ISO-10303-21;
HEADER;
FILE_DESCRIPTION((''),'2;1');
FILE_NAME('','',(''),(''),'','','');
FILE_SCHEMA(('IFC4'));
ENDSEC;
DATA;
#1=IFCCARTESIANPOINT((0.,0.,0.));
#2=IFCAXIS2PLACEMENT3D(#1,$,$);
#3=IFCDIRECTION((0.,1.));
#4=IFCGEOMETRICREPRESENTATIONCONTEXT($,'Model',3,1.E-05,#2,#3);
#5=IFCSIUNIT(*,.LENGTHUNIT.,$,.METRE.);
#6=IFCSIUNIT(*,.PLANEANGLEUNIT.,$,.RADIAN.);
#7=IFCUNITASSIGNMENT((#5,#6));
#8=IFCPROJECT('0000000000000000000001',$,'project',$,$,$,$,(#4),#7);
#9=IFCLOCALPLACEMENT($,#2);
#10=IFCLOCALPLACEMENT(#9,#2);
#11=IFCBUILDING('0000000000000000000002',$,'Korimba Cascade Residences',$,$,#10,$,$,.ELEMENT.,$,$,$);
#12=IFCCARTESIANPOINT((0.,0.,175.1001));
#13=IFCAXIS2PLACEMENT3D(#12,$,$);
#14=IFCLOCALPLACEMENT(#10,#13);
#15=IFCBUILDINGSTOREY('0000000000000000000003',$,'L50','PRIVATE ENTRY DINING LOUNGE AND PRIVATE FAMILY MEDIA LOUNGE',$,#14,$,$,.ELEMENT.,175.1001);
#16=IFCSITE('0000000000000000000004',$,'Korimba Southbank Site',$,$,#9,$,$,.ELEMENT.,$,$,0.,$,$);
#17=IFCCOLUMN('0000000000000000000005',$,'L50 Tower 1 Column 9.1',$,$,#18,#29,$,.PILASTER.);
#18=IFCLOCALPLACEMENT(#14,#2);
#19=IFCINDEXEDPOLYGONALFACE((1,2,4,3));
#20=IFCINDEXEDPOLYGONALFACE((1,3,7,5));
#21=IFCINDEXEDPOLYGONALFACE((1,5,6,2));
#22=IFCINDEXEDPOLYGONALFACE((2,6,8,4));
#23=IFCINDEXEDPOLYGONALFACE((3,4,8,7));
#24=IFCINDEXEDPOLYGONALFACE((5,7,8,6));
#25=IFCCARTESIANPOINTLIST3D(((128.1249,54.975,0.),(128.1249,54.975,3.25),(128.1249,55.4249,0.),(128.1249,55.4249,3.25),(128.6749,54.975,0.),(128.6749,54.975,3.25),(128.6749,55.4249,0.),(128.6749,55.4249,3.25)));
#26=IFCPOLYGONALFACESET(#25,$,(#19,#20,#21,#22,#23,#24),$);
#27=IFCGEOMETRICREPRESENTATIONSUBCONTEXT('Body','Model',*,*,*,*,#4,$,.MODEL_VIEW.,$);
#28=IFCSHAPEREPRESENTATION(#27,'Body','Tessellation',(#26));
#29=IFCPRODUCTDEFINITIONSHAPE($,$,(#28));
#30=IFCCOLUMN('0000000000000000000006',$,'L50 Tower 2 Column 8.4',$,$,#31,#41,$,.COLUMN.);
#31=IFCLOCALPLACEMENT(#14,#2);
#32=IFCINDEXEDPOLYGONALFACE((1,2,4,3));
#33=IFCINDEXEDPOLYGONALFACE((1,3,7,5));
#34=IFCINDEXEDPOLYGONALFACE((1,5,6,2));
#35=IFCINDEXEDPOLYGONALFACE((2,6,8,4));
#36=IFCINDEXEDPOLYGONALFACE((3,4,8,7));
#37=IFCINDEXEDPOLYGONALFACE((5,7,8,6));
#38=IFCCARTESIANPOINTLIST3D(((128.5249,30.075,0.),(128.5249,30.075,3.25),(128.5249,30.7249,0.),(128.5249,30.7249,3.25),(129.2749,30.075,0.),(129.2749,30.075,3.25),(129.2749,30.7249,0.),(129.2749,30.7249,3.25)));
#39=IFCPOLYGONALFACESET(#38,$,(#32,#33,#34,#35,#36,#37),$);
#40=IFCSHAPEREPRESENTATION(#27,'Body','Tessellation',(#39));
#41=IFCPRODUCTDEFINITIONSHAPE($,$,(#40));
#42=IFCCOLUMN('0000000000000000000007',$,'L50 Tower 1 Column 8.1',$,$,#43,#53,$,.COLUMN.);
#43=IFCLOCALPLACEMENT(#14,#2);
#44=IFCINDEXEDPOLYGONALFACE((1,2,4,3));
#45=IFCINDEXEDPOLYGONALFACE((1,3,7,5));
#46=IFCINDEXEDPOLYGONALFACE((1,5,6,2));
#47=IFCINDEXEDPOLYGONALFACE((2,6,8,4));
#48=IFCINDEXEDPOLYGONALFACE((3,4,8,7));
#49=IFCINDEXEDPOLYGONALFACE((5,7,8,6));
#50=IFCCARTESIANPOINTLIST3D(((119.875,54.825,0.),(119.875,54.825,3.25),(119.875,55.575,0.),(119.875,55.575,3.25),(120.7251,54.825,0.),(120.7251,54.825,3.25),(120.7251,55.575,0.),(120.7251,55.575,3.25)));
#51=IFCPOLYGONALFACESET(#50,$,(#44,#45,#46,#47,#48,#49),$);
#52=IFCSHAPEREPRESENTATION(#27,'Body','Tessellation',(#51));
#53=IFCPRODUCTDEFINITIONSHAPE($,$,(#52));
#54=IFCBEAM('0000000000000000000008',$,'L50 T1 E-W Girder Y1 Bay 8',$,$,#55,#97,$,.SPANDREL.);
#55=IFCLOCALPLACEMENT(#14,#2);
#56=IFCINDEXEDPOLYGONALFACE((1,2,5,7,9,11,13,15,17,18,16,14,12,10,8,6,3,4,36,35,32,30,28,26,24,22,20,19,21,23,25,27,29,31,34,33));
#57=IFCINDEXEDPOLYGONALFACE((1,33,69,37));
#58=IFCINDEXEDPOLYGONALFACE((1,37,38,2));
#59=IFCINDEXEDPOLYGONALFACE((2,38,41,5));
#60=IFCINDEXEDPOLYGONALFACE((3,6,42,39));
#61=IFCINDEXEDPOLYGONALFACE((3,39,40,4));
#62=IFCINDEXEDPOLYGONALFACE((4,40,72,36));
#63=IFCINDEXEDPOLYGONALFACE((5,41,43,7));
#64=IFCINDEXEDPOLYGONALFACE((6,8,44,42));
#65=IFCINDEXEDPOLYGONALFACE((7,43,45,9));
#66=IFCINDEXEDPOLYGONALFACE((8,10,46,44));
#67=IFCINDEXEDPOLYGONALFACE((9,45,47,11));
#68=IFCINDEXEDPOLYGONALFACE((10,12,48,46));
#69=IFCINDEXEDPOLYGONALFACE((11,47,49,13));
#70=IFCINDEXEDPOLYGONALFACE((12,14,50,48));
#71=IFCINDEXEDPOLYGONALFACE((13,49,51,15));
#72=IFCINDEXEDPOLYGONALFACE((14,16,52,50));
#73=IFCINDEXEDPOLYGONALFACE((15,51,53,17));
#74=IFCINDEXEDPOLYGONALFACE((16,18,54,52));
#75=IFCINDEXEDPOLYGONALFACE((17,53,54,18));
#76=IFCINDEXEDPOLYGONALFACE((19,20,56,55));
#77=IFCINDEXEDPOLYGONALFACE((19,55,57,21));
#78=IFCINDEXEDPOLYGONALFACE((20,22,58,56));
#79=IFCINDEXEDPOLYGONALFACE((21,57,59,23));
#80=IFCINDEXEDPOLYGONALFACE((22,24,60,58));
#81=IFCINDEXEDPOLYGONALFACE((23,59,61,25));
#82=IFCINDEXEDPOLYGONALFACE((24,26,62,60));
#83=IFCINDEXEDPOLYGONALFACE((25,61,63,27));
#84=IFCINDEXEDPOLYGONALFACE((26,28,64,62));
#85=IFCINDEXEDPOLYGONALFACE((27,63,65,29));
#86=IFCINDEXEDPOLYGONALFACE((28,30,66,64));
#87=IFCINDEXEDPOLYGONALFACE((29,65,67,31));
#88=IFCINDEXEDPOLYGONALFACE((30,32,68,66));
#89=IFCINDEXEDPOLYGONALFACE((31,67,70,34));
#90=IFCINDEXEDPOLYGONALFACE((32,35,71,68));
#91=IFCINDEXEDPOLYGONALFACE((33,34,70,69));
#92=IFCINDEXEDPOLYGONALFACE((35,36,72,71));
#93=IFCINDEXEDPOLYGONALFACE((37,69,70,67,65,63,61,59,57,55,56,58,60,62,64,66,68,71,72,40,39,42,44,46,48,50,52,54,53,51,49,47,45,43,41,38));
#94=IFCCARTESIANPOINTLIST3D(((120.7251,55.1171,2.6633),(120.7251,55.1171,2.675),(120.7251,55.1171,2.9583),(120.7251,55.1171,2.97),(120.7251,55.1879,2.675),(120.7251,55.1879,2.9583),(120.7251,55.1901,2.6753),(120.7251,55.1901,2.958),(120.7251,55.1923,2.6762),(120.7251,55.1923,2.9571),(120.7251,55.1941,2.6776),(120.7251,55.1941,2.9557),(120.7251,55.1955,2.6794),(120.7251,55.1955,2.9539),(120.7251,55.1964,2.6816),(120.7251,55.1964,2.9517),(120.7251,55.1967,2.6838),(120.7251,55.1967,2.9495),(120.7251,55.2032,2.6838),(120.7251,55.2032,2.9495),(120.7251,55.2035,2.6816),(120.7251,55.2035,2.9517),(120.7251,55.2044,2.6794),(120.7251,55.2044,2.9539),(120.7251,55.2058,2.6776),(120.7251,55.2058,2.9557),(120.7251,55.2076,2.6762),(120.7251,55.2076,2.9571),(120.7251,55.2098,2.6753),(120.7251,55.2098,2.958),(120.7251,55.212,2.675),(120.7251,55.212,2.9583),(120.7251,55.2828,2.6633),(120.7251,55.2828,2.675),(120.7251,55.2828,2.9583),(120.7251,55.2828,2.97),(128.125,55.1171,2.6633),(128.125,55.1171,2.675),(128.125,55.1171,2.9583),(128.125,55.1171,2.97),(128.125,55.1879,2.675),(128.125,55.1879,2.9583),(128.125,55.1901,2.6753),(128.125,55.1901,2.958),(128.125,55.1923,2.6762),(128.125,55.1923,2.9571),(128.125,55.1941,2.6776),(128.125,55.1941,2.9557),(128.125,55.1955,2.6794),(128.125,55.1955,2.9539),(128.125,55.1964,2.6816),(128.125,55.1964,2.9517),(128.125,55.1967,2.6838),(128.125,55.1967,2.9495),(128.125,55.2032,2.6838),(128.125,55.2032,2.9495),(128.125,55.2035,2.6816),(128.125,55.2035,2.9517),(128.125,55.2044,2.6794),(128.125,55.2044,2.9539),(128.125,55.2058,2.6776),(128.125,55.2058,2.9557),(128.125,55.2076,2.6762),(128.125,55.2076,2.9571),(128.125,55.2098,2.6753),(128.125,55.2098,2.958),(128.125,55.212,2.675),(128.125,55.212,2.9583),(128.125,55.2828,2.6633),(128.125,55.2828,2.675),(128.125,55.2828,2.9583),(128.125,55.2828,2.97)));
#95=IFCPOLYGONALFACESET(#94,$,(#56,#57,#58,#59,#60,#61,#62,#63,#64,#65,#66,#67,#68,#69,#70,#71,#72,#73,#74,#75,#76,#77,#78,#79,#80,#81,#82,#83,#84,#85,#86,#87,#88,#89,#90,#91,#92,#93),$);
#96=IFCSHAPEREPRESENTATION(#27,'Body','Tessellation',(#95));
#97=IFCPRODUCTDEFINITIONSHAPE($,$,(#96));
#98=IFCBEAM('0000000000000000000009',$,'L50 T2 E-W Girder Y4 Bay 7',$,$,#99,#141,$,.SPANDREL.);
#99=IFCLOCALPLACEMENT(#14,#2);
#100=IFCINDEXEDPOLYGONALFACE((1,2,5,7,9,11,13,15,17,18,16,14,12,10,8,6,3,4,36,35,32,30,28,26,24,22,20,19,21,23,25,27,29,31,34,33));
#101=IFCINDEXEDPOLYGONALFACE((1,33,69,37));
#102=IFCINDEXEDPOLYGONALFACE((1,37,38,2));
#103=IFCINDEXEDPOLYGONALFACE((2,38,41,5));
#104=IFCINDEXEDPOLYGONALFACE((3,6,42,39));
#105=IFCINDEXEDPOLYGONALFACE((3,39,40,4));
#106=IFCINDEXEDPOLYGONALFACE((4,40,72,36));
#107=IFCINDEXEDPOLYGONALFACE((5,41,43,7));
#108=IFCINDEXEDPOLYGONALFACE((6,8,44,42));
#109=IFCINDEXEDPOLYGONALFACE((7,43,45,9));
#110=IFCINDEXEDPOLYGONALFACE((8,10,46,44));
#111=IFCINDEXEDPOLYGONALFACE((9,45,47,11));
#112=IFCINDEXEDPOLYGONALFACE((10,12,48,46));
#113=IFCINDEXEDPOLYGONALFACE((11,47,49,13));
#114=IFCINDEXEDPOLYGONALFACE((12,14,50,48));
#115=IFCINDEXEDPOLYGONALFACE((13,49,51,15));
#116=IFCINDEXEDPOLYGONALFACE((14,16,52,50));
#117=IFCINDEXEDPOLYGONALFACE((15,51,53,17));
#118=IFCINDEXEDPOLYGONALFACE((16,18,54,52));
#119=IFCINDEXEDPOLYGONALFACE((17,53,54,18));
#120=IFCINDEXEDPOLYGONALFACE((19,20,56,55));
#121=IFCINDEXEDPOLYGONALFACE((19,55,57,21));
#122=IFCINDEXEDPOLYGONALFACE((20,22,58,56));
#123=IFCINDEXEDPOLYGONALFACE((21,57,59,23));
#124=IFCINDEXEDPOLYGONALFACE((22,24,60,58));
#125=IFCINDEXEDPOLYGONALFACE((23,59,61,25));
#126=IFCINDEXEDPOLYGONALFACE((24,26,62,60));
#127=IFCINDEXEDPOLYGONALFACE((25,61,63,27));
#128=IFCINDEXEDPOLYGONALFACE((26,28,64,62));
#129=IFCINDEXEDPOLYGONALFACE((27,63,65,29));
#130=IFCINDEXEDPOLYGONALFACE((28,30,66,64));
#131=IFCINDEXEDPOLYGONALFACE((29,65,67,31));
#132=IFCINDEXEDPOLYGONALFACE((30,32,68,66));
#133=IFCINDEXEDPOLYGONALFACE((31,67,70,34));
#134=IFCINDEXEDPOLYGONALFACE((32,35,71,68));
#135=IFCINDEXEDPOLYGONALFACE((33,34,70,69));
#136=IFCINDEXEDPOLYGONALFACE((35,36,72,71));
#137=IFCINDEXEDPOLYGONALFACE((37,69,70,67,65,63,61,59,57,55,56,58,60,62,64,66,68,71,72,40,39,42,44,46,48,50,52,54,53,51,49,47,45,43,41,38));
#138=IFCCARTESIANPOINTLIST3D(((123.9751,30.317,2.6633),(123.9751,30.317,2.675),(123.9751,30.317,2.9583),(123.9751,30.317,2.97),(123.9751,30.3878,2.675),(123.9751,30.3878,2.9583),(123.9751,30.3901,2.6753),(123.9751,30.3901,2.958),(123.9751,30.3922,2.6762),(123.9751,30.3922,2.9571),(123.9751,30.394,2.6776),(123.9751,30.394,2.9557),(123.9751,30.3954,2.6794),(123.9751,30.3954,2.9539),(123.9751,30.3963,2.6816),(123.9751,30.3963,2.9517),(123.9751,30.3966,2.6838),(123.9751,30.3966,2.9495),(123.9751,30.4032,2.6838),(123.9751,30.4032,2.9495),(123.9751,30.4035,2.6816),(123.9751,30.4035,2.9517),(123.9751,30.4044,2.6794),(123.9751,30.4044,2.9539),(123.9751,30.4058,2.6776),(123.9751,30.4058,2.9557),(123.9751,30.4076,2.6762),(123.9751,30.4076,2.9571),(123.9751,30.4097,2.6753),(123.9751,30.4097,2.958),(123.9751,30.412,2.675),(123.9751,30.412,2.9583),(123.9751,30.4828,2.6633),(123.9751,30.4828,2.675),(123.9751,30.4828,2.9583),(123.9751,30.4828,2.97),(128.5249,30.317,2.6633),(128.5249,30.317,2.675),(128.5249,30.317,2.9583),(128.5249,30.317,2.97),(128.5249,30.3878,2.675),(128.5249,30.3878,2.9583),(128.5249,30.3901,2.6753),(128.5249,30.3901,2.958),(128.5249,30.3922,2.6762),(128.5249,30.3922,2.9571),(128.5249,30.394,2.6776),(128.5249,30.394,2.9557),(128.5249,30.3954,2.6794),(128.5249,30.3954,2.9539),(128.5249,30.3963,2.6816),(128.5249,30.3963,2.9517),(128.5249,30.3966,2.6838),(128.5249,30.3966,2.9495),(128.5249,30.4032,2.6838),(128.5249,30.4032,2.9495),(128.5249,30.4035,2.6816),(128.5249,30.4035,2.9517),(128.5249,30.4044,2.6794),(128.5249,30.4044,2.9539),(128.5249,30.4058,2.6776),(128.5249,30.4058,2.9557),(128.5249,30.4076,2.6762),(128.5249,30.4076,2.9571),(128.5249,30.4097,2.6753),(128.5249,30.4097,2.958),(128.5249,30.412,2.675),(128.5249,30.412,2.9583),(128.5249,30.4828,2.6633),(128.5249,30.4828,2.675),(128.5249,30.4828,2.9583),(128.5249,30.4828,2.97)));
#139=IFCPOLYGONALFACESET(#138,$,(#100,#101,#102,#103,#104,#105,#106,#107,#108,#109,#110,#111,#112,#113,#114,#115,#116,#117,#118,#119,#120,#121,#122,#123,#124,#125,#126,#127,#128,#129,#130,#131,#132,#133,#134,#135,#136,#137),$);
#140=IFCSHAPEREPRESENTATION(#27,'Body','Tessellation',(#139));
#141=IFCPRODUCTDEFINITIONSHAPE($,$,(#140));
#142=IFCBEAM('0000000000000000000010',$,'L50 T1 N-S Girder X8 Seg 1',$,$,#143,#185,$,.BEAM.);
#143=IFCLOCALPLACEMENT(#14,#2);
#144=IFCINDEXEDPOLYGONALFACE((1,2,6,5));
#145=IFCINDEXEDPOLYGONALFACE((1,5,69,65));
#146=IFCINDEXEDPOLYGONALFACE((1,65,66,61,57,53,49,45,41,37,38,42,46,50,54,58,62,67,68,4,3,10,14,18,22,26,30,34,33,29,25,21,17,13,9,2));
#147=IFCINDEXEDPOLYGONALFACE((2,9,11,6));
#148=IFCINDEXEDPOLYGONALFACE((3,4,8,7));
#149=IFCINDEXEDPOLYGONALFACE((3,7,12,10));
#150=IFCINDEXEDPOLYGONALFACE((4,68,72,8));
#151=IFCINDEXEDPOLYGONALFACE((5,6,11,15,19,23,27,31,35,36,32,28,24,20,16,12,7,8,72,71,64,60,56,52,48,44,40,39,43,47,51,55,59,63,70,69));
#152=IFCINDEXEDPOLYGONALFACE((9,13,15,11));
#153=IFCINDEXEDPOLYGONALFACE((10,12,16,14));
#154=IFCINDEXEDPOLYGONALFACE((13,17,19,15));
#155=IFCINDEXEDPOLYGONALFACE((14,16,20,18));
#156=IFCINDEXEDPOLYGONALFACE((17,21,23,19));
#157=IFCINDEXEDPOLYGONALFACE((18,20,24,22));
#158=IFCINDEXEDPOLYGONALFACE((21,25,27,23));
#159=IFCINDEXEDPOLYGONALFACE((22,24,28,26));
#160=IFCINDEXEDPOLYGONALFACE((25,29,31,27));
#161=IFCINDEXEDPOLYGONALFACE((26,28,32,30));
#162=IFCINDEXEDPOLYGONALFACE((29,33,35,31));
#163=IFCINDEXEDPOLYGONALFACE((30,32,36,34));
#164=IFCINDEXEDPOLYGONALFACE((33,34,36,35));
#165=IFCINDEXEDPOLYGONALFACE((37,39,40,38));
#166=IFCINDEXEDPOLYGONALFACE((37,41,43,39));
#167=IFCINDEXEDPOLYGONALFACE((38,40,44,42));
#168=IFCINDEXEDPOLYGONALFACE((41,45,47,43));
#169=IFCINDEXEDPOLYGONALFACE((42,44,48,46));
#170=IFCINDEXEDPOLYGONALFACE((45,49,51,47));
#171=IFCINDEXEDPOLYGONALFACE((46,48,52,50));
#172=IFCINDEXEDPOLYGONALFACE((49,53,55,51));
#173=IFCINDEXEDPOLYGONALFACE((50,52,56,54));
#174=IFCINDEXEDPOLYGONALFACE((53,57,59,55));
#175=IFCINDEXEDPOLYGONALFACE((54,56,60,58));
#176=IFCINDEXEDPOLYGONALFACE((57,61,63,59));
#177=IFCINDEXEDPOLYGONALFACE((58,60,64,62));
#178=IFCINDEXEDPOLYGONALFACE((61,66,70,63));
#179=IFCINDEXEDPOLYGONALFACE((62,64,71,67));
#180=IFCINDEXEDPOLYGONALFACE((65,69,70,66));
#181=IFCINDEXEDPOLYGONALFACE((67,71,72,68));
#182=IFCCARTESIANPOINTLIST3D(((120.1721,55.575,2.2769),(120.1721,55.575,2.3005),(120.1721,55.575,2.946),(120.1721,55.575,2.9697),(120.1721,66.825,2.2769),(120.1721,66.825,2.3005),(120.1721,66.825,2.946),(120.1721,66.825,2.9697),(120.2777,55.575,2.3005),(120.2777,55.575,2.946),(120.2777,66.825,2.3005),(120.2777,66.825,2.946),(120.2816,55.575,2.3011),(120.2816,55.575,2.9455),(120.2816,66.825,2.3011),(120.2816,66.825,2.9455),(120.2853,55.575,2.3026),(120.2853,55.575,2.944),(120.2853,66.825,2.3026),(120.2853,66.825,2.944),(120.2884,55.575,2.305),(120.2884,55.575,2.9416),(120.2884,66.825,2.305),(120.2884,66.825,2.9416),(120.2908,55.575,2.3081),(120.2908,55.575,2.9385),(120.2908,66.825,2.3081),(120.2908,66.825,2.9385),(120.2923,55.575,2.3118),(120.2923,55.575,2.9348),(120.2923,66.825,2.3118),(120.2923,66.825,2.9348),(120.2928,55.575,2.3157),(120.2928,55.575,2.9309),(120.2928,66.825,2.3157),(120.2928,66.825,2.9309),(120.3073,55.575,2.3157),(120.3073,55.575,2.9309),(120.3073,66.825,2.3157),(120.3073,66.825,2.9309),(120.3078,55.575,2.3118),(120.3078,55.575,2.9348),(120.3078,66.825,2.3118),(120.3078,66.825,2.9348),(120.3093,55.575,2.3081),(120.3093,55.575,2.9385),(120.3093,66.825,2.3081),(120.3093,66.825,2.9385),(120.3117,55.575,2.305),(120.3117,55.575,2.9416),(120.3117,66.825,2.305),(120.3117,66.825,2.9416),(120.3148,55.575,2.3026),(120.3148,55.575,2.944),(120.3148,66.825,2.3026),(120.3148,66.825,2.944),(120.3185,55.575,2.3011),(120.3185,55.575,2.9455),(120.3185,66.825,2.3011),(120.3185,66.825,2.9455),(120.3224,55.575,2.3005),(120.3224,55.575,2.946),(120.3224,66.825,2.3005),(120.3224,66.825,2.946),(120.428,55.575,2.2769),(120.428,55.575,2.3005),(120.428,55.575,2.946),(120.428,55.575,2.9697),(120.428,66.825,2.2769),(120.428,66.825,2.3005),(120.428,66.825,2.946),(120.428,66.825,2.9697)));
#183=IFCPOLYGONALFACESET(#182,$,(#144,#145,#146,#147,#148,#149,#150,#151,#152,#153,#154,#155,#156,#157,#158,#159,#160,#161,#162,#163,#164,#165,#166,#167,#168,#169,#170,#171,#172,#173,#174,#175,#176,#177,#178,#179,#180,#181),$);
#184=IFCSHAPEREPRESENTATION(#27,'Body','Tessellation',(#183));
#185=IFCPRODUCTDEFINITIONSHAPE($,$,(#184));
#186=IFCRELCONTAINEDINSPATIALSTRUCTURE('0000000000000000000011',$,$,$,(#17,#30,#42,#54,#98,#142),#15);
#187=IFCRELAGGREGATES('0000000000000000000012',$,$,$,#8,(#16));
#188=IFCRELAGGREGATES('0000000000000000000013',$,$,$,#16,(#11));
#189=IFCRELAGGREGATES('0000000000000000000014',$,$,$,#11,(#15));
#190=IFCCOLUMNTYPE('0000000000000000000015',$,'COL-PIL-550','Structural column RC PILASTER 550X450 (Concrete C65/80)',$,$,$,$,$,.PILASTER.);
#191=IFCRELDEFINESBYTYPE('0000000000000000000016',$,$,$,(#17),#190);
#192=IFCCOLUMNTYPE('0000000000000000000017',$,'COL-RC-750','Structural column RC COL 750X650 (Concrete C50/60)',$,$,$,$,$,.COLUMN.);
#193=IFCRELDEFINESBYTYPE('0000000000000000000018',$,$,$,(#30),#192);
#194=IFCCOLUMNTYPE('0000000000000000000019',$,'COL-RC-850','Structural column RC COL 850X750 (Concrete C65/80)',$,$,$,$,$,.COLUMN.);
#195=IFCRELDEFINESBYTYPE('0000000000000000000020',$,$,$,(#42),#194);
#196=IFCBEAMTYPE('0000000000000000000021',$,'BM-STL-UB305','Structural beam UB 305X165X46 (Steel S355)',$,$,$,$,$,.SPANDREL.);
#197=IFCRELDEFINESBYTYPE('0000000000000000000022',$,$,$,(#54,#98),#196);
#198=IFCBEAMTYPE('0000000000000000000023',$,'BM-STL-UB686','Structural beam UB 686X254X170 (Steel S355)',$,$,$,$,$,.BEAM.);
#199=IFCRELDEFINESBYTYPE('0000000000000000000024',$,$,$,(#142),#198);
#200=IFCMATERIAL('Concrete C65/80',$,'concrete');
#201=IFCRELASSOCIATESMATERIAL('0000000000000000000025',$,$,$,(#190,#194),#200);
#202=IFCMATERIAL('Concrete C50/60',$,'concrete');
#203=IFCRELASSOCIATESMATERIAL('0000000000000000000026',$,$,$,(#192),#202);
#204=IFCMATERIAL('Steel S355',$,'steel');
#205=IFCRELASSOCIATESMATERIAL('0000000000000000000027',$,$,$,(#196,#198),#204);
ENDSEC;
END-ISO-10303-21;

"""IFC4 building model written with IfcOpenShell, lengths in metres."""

from ifc_helpers import new_model, si_unit, direction, frame, origin, origin_2d, place, context, subcontext, project, spatial, rectangle, i_section, extrude, material, material_profile, profile_set, type_object, element, save


model = new_model("IFC4")

# Units and contexts
model_context = context("Model", 3, precision=1e-05, world=origin(), true_north=direction((0.0, 1.0)))
body_context = subcontext(model_context, "Body", "Model", "MODEL_VIEW")
ifc_project = project(units=[si_unit("LENGTHUNIT", "METRE"), si_unit("PLANEANGLEUNIT", "RADIAN")], contexts=[model_context])

# Site, building, storey
site_placement = place(None, origin())
site = spatial("IfcSite", under=ifc_project, at=site_placement, Name="Korimba Southbank Site", CompositionType="ELEMENT", RefElevation=0.0)
building_placement = place(site_placement, origin())
building = spatial("IfcBuilding", under=site, at=building_placement, Name="Korimba Cascade Residences", CompositionType="ELEMENT")
storey_placement = place(building_placement, frame((0.0, 0.0, 175.1001)))
storey = spatial("IfcBuildingStorey", under=building, at=storey_placement, Name="L50", Description="PRIVATE ENTRY DINING LOUNGE AND PRIVATE FAMILY MEDIA LOUNGE", CompositionType="ELEMENT", Elevation=175.1001)

# Columns
ifc_material_1 = material(Name="Concrete C65/80", Category="concrete")
ifc_material_profile_1 = material_profile(ifc_material_1, rectangle(XDim=0.55, YDim=0.45, at=origin_2d()), Name="Concrete C65/80")
ifc_profile_set_1 = profile_set([ifc_material_profile_1], Name="Concrete C65/80")
column_type_1 = type_object("IfcColumnType", Name="COL-PIL-550", Description="Structural column RC PILASTER 550X450 (Concrete C65/80)", PredefinedType="PILASTER", material=ifc_profile_set_1)
column_1_placement = place(storey_placement, frame((128.3999, 55.2, 0.0), z_axis=(0.0, 0.0, 1.0), x_axis=(1.0, 0.0, 0.0)))
element("IfcColumn", 1, at=column_1_placement, inside=storey, type_object=column_type_1, Name="L50 Tower 1 Column 9.1", PredefinedType="PILASTER", context=body_context, shape_type="SweptSolid", body=[
    extrude(rectangle(XDim=0.55, YDim=0.45, at=origin_2d()), origin(), (0.0, 0.0, 1.0), 3.25),
])
ifc_material_2 = material(Name="Concrete C50/60", Category="concrete")
ifc_material_profile_2 = material_profile(ifc_material_2, rectangle(XDim=0.75, YDim=0.6499, at=origin_2d()), Name="Concrete C50/60")
ifc_profile_set_2 = profile_set([ifc_material_profile_2], Name="Concrete C50/60")
column_type_2 = type_object("IfcColumnType", Name="COL-RC-750", Description="Structural column RC COL 750X650 (Concrete C50/60)", PredefinedType="COLUMN", material=ifc_profile_set_2)
column_2_placement = place(storey_placement, frame((128.8999, 30.3999, 0.0), z_axis=(0.0, 0.0, 1.0), x_axis=(1.0, 0.0, 0.0)))
element("IfcColumn", 2, at=column_2_placement, inside=storey, type_object=column_type_2, Name="L50 Tower 2 Column 8.4", PredefinedType="COLUMN", context=body_context, shape_type="SweptSolid", body=[
    extrude(rectangle(XDim=0.75, YDim=0.6499, at=origin_2d()), origin(), (0.0, 0.0, 1.0), 3.25),
])
ifc_material_profile_3 = material_profile(ifc_material_1, rectangle(XDim=0.8501, YDim=0.75, at=origin_2d()), Name="Concrete C65/80")
ifc_profile_set_3 = profile_set([ifc_material_profile_3], Name="Concrete C65/80")
column_type_3 = type_object("IfcColumnType", Name="COL-RC-850", Description="Structural column RC COL 850X750 (Concrete C65/80)", PredefinedType="COLUMN", material=ifc_profile_set_3)
column_3_placement = place(storey_placement, frame((120.3, 55.2, 0.0), z_axis=(0.0, 0.0, 1.0), x_axis=(1.0, 0.0, 0.0)))
element("IfcColumn", 3, at=column_3_placement, inside=storey, type_object=column_type_3, Name="L50 Tower 1 Column 8.1", PredefinedType="COLUMN", context=body_context, shape_type="SweptSolid", body=[
    extrude(rectangle(XDim=0.8501, YDim=0.75, at=origin_2d()), origin(), (0.0, 0.0, 1.0), 3.25),
])

# Beams
ifc_material_3 = material(Name="Steel S355", Category="steel")
ifc_material_profile_4 = material_profile(ifc_material_3, i_section(OverallWidth=0.1658, OverallDepth=0.3066, WebThickness=0.0066, FlangeThickness=0.0117, FilletRadius=0.0088, at=origin_2d()), Name="Steel S355")
ifc_profile_set_4 = profile_set([ifc_material_profile_4], Name="Steel S355")
beam_type_1 = type_object("IfcBeamType", Name="BM-STL-UB305", Description="Structural beam UB 305X165X46 (Steel S355)", PredefinedType="SPANDREL", material=ifc_profile_set_4)
beam_1_placement = place(storey_placement, frame((120.7251, 55.2, 2.8167), z_axis=(1.0, 0.0, 0.0), x_axis=(0.0, 1.0, 0.0)))
element("IfcBeam", 4, at=beam_1_placement, inside=storey, type_object=beam_type_1, Name="L50 T1 E-W Girder Y1 Bay 8", PredefinedType="SPANDREL", context=body_context, shape_type="SweptSolid", body=[
    extrude(i_section(OverallWidth=0.1658, OverallDepth=0.3066, WebThickness=0.0066, FlangeThickness=0.0117, FilletRadius=0.0088, at=origin_2d()), origin(), (0.0, 0.0, 1.0), 7.3999),
])
beam_2_placement = place(storey_placement, frame((123.9751, 30.3999, 2.8167), z_axis=(1.0, 0.0, 0.0), x_axis=(0.0, 1.0, 0.0)))
element("IfcBeam", 5, at=beam_2_placement, inside=storey, type_object=beam_type_1, Name="L50 T2 E-W Girder Y4 Bay 7", PredefinedType="SPANDREL", context=body_context, shape_type="SweptSolid", body=[
    extrude(i_section(OverallWidth=0.1658, OverallDepth=0.3066, WebThickness=0.0066, FlangeThickness=0.0117, FilletRadius=0.0088, at=origin_2d()), origin(), (0.0, 0.0, 1.0), 4.5498),
])
ifc_material_profile_5 = material_profile(ifc_material_3, i_section(OverallWidth=0.2559, OverallDepth=0.6929, WebThickness=0.0144, FlangeThickness=0.0237, FilletRadius=0.0151, at=origin_2d()), Name="Steel S355")
ifc_profile_set_5 = profile_set([ifc_material_profile_5], Name="Steel S355")
beam_type_2 = type_object("IfcBeamType", Name="BM-STL-UB686", Description="Structural beam UB 686X254X170 (Steel S355)", PredefinedType="BEAM", material=ifc_profile_set_5)
beam_3_placement = place(storey_placement, frame((120.3, 55.575, 2.6233), z_axis=(0.0, 1.0, 0.0), x_axis=(-1.0, 0.0, 0.0)))
element("IfcBeam", 6, at=beam_3_placement, inside=storey, type_object=beam_type_2, Name="L50 T1 N-S Girder X8 Seg 1", PredefinedType="BEAM", context=body_context, shape_type="SweptSolid", body=[
    extrude(i_section(OverallWidth=0.2559, OverallDepth=0.6929, WebThickness=0.0144, FlangeThickness=0.0237, FilletRadius=0.0151, at=origin_2d()), origin(), (0.0, 0.0, 1.0), 11.25),
])

save(model, "model.ifc")
